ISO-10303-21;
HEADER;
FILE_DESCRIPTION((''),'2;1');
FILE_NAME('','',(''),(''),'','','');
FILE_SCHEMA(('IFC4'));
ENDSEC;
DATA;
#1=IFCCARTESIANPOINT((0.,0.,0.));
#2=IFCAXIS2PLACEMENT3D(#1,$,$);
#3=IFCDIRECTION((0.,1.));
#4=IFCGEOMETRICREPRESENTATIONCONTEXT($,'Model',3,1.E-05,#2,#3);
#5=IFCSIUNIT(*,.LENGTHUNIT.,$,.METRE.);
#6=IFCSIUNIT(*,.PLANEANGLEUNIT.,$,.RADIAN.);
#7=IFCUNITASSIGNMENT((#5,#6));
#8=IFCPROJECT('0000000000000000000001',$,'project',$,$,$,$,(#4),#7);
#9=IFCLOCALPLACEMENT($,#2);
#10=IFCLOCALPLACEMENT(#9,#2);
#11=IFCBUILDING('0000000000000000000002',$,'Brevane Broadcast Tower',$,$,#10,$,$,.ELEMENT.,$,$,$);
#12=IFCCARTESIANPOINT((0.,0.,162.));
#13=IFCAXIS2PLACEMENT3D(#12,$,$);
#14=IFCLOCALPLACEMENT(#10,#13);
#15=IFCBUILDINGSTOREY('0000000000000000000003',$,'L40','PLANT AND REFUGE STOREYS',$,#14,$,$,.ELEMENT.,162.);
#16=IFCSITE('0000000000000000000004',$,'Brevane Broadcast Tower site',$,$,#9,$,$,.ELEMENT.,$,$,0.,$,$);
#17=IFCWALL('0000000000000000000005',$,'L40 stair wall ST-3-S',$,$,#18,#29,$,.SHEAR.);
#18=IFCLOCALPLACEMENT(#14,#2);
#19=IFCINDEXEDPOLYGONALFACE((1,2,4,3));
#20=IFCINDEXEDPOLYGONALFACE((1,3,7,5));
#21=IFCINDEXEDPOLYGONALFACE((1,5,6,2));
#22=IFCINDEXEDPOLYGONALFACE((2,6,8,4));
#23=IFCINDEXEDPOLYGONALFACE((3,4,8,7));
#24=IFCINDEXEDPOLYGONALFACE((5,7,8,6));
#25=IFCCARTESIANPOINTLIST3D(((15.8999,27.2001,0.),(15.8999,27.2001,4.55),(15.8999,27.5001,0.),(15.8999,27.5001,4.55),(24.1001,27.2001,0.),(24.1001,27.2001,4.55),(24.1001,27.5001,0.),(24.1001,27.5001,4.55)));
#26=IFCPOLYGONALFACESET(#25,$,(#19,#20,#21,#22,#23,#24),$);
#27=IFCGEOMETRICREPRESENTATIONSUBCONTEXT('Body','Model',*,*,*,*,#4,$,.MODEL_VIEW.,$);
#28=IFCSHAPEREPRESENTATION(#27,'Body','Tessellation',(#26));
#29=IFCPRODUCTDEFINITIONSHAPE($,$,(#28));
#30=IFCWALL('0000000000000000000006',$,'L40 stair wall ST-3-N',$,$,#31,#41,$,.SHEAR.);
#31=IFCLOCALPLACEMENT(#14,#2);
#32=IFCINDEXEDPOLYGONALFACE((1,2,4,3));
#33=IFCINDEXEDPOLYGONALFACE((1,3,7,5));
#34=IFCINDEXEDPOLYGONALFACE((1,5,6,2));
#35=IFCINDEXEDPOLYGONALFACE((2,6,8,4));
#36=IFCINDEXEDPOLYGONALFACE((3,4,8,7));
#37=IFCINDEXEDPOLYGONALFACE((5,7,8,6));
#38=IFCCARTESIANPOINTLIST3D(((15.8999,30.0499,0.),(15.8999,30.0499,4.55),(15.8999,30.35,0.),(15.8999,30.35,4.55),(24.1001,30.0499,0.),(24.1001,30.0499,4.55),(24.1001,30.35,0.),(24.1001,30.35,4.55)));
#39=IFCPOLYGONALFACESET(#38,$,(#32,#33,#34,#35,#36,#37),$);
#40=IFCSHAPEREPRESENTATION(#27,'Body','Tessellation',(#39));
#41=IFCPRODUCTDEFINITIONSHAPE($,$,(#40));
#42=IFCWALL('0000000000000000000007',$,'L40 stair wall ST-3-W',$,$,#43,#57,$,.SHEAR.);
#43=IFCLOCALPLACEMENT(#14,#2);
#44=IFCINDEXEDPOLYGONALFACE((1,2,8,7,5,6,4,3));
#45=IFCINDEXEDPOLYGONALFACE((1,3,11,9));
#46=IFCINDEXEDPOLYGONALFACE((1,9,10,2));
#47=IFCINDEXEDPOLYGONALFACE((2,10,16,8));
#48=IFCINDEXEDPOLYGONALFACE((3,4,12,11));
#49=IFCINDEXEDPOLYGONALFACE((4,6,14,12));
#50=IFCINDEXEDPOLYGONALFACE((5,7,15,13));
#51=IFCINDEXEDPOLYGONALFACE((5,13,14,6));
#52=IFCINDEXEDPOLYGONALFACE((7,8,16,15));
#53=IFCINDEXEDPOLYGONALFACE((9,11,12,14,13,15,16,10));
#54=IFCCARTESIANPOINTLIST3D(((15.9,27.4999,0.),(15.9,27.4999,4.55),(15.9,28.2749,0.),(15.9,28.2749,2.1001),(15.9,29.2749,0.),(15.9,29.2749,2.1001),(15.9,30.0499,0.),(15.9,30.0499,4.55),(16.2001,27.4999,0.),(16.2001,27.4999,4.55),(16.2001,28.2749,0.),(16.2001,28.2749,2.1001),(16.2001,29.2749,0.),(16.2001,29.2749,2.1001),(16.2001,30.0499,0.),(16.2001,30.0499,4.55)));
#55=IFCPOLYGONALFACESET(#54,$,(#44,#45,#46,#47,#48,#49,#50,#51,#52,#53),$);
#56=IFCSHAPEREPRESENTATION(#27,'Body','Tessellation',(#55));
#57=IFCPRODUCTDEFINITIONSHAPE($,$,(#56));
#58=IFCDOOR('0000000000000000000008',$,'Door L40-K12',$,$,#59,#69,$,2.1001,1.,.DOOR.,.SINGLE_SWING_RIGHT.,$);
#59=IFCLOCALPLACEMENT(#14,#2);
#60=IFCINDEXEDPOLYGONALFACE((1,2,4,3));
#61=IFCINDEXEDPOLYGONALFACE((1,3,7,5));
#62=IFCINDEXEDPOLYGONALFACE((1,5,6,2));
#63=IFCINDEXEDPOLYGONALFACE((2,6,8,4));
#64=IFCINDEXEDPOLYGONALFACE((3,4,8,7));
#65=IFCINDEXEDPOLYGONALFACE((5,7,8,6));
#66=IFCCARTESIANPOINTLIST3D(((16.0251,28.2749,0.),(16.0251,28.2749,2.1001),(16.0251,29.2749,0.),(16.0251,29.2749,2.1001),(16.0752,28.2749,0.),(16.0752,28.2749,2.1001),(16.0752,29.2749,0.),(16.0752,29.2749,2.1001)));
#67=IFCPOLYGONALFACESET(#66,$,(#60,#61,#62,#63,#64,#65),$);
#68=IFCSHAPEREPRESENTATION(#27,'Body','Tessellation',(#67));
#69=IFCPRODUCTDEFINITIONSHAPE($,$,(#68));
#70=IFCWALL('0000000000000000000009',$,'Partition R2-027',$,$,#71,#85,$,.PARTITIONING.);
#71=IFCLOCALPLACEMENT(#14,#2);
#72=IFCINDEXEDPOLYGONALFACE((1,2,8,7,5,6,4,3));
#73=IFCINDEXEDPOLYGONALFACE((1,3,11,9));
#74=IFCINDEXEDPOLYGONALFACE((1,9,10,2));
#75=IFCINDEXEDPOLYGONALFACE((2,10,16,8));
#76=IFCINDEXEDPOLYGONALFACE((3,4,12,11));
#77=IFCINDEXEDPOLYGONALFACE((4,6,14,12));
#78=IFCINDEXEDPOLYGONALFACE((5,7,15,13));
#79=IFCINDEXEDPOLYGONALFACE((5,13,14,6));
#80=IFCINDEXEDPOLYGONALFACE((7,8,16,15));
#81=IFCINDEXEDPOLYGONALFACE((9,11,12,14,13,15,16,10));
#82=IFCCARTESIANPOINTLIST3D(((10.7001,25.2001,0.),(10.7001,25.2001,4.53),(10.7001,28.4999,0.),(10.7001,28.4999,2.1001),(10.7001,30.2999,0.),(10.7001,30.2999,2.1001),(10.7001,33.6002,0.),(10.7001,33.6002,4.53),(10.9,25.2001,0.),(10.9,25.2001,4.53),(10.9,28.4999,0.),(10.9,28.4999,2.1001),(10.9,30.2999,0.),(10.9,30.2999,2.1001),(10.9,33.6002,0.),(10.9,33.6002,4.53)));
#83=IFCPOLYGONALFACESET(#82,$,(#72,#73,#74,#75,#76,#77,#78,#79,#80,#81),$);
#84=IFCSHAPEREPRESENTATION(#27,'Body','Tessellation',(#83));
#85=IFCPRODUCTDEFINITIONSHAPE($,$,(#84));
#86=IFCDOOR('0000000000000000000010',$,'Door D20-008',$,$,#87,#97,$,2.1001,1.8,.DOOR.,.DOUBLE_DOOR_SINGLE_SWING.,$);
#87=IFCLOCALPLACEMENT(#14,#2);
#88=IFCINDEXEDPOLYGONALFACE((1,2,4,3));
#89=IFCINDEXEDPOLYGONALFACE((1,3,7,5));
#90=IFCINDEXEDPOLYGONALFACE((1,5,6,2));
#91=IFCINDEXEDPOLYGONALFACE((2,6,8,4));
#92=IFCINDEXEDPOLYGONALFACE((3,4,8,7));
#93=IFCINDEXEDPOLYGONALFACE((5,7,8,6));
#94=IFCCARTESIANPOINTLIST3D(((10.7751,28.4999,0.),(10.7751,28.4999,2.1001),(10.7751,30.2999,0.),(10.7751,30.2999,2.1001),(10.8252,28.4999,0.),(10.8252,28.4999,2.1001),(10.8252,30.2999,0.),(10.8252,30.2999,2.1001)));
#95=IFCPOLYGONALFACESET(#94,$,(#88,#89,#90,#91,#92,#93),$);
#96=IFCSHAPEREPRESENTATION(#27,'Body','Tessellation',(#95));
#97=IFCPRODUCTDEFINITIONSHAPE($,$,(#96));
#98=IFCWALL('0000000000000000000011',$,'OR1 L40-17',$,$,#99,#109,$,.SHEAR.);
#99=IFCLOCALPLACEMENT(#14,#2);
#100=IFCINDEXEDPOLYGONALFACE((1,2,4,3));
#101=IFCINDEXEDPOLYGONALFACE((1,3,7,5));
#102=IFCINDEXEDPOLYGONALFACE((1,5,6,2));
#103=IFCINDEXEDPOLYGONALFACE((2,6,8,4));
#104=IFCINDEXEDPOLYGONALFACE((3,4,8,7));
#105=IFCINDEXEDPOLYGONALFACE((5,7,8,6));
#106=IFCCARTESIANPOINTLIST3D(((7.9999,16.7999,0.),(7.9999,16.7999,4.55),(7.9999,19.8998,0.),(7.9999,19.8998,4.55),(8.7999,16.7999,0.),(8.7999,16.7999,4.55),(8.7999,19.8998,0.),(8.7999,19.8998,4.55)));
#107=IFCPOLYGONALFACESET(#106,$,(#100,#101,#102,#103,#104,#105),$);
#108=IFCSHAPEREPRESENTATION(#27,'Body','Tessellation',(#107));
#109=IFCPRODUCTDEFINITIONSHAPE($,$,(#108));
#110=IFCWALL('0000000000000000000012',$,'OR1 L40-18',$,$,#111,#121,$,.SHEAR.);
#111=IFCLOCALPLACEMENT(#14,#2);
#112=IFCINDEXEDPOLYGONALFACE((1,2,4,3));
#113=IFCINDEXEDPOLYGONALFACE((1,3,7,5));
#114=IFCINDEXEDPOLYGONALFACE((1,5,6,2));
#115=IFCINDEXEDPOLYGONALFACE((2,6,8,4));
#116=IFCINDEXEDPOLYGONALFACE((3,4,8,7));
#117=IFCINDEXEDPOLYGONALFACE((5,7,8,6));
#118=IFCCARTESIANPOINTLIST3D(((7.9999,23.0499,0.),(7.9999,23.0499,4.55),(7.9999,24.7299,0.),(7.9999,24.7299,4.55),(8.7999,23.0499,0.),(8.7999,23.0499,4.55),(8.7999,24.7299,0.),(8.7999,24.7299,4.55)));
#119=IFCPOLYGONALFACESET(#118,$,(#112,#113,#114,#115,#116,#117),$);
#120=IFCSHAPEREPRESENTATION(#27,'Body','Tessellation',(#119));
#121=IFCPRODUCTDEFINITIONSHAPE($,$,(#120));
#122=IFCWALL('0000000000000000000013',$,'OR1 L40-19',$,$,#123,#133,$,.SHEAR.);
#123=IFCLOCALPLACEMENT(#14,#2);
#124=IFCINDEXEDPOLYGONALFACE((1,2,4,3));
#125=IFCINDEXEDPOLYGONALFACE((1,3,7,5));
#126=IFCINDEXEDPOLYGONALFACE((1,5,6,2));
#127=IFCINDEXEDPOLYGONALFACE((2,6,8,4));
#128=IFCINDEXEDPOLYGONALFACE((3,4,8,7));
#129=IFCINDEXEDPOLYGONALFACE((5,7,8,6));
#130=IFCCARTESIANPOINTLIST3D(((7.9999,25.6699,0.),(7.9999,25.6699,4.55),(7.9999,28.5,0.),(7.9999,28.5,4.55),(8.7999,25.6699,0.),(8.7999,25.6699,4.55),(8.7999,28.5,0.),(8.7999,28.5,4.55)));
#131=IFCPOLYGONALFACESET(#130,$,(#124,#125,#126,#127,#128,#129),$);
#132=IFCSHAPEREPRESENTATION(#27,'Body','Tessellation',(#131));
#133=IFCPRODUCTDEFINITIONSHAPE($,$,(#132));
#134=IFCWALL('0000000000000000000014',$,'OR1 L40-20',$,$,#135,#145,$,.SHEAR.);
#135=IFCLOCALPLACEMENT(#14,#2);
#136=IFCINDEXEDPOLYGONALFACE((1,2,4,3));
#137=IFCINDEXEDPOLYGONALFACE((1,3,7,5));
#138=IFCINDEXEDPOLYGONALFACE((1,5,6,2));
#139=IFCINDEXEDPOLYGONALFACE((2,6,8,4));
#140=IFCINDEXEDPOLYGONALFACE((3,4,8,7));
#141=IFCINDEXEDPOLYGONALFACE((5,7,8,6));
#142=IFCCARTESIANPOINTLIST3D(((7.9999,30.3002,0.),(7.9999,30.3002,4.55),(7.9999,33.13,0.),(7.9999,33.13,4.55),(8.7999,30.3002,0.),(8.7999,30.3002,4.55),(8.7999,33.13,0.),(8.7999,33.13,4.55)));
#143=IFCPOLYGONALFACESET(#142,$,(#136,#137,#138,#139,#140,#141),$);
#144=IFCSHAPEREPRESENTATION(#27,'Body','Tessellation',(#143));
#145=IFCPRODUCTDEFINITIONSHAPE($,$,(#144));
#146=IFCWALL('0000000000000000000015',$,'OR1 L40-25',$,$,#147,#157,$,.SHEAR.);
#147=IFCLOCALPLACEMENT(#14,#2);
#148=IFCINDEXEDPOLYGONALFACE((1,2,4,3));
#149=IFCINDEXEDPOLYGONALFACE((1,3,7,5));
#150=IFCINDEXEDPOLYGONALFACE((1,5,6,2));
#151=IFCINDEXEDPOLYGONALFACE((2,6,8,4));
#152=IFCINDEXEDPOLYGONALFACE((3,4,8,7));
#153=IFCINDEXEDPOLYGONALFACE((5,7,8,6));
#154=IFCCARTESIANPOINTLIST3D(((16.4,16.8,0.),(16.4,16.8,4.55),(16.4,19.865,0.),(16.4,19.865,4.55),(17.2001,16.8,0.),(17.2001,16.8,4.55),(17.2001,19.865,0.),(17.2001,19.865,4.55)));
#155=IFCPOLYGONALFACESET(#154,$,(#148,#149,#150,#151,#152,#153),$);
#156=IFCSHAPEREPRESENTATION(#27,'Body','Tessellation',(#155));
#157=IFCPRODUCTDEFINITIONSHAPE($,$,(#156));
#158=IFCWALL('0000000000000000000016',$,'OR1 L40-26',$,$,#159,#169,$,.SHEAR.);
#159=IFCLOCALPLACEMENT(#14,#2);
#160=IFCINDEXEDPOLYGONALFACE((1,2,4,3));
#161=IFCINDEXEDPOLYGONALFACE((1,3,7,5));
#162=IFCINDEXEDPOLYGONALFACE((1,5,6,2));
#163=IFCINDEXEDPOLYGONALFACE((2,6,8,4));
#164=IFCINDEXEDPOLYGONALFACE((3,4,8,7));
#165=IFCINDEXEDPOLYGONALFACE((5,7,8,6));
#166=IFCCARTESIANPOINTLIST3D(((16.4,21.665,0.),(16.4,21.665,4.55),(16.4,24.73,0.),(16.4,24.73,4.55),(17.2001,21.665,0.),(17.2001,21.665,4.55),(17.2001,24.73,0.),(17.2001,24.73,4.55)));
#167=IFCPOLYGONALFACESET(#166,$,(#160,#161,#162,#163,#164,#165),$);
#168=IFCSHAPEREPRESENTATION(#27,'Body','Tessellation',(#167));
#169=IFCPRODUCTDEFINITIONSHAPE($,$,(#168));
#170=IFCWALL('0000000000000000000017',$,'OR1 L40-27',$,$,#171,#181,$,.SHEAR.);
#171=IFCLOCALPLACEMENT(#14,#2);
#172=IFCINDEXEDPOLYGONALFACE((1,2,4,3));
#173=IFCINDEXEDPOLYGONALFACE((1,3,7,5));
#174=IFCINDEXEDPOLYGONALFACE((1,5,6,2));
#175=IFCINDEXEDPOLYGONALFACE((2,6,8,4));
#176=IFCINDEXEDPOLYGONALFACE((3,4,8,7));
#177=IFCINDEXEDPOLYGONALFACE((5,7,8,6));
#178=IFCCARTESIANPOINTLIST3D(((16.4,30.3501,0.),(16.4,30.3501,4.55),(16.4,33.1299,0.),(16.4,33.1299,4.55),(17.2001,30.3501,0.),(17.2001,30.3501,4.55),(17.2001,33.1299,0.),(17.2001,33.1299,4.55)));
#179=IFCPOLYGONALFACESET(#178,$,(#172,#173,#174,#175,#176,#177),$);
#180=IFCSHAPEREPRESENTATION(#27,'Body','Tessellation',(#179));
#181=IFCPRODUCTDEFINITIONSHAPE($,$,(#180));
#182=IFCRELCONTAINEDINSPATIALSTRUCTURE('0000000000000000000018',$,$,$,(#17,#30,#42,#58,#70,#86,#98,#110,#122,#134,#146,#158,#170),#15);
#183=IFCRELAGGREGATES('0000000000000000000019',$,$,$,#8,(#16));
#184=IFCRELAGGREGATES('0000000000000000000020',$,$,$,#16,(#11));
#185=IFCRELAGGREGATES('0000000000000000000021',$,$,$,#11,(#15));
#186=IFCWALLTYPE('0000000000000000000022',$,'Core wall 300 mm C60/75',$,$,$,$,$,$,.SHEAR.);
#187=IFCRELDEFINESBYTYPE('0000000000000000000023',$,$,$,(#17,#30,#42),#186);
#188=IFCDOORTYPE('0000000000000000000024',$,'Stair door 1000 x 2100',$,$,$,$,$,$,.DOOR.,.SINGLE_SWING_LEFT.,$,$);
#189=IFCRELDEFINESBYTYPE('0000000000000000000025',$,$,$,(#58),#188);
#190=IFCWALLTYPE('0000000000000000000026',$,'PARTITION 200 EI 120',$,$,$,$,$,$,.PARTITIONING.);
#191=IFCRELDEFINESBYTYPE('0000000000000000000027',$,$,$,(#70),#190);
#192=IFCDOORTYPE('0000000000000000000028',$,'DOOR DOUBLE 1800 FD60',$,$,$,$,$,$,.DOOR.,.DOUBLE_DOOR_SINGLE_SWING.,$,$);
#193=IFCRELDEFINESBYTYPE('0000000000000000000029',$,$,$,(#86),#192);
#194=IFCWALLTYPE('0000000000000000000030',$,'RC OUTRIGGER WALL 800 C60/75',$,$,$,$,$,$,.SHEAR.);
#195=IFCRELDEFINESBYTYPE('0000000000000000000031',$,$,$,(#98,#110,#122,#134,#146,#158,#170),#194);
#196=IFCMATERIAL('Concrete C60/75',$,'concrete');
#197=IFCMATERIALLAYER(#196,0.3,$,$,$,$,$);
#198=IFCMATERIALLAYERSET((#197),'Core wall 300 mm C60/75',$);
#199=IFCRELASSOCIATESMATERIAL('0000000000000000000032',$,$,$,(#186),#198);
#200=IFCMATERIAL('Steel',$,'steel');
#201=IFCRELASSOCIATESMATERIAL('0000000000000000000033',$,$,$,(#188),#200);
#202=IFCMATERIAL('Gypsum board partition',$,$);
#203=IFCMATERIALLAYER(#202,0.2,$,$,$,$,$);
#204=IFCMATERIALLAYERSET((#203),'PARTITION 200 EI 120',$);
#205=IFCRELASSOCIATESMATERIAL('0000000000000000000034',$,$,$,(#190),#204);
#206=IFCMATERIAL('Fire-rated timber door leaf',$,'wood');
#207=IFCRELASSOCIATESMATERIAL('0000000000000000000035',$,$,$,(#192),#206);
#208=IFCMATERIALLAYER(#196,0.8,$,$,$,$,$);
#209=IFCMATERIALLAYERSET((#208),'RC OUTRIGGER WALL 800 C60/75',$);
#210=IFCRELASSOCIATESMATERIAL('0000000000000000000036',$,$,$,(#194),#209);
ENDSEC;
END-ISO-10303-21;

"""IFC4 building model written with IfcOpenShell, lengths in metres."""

from ifc_helpers import new_model, si_unit, direction, frame, frame_2d, origin, place, context, subcontext, project, spatial, rectangle, extrude, material, layer, layer_set, type_object, element, fill, save


model = new_model("IFC4")

# Units and contexts
model_context = context("Model", 3, precision=1e-05, world=origin(), true_north=direction((0.0, 1.0)))
body_context = subcontext(model_context, "Body", "Model", "MODEL_VIEW")
ifc_project = project(units=[si_unit("LENGTHUNIT", "METRE"), si_unit("PLANEANGLEUNIT", "RADIAN")], contexts=[model_context])

# Site, building, storey
site_placement = place(None, origin())
site = spatial("IfcSite", under=ifc_project, at=site_placement, Name="Brevane Broadcast Tower site", CompositionType="ELEMENT", RefElevation=0.0)
building_placement = place(site_placement, origin())
building = spatial("IfcBuilding", under=site, at=building_placement, Name="Brevane Broadcast Tower", CompositionType="ELEMENT")
storey_placement = place(building_placement, frame((0.0, 0.0, 162.0)))
storey = spatial("IfcBuildingStorey", under=building, at=storey_placement, Name="L40", Description="PLANT AND REFUGE STOREYS", CompositionType="ELEMENT", Elevation=162.0)

# Shared definitions
ifc_material_1 = material(Name="Concrete C60/75", Category="concrete")

# Shared definitions
ifc_layer_1 = layer(ifc_material_1, 0.3)
ifc_layer_set_1 = layer_set([ifc_layer_1], Name="Core wall 300 mm C60/75")
wall_type_1 = type_object("IfcWallType", Name="Core wall 300 mm C60/75", PredefinedType="SHEAR", material=ifc_layer_set_1)
ifc_material_2 = material(Name="Steel", Category="steel")
door_type_1 = type_object("IfcDoorType", Name="Stair door 1000 x 2100", OperationType="SINGLE_SWING_LEFT", PredefinedType="DOOR", material=ifc_material_2)

# Walls
for number, where, z_axis, x_axis, name in (
    (1, (15.8999, 27.3501, 0.0), (0.0, 0.0, 1.0), (1.0, 0.0, 0.0), "L40 stair wall ST-3-S"),
    (2, (15.8999, 30.2, 0.0), (0.0, 0.0, 1.0), (1.0, 0.0, 0.0), "L40 stair wall ST-3-N"),
):
    element("IfcWall", number, at=place(storey_placement, frame(where, z_axis=z_axis, x_axis=x_axis)), inside=storey, type_object=wall_type_1, Name=name, PredefinedType="SHEAR", context=body_context, shape_type="SweptSolid", body=[
        extrude(rectangle(XDim=8.2002, YDim=0.3, at=frame_2d((4.1001, 0.0))), origin(), (0.0, 0.0, 1.0), 4.55),
    ])

# Walls, openings, doors
wall_1_placement = place(storey_placement, frame((16.05, 27.5, 0.0), z_axis=(0.0, 0.0, 1.0), x_axis=(0.0, 1.0, 0.0)))
wall_1 = element("IfcWall", 3, at=wall_1_placement, inside=storey, type_object=wall_type_1, Name="L40 stair wall ST-3-W", PredefinedType="SHEAR", context=body_context, shape_type="SweptSolid", body=[
    extrude(rectangle(XDim=2.55, YDim=0.3, at=frame_2d((1.2749, 0.0))), origin(), (0.0, 0.0, 1.0), 4.55),
])
opening_1_placement = place(wall_1_placement, frame((0.7749, 0.0, 0.0)))
opening_1 = element("IfcOpeningElement", 4, at=opening_1_placement, cuts=wall_1, PredefinedType="OPENING", context=body_context, shape_type="SweptSolid", body=[
    extrude(rectangle(XDim=1.0, YDim=2.1001, at=frame_2d((0.5, 1.05))), frame((0.0, 0.1599, 0.0), z_axis=(0.0, -1.0, 0.0), x_axis=(1.0, 0.0, 0.0)), (0.0, 0.0, 1.0), 0.3201),
])
door_1_placement = place(opening_1_placement, origin())
door_1 = element("IfcDoor", 5, at=door_1_placement, inside=storey, type_object=door_type_1, Name="Door L40-K12", OperationType="SINGLE_SWING_RIGHT", OverallHeight=2.1001, OverallWidth=1.0, PredefinedType="DOOR", context=body_context, shape_type="SweptSolid", body=[
    extrude(rectangle(XDim=1.0, YDim=2.1001, at=frame_2d((0.5, 1.05))), frame((0.0, 0.0249, 0.0), z_axis=(0.0, -1.0, 0.0), x_axis=(1.0, 0.0, 0.0)), (0.0, 0.0, 1.0), 0.05),
])
fill(opening_1, door_1)
ifc_material_3 = material(Name="Gypsum board partition")
ifc_layer_2 = layer(ifc_material_3, 0.2)
ifc_layer_set_2 = layer_set([ifc_layer_2], Name="PARTITION 200 EI 120")
wall_type_2 = type_object("IfcWallType", Name="PARTITION 200 EI 120", PredefinedType="PARTITIONING", material=ifc_layer_set_2)
wall_2_placement = place(storey_placement, frame((10.8, 25.2, 0.0), z_axis=(0.0, 0.0, 1.0), x_axis=(0.0, 1.0, 0.0)))
wall_2 = element("IfcWall", 6, at=wall_2_placement, inside=storey, type_object=wall_type_2, Name="Partition R2-027", PredefinedType="PARTITIONING", context=body_context, shape_type="SweptSolid", body=[
    extrude(rectangle(XDim=8.4001, YDim=0.2, at=frame_2d((4.2002, 0.0))), origin(), (0.0, 0.0, 1.0), 4.53),
])
opening_2_placement = place(wall_2_placement, frame((3.3, 0.0, 0.0)))
opening_2 = element("IfcOpeningElement", 7, at=opening_2_placement, cuts=wall_2, PredefinedType="OPENING", context=body_context, shape_type="SweptSolid", body=[
    extrude(rectangle(XDim=1.8, YDim=2.1001, at=frame_2d((0.8999, 1.05))), frame((0.0, 0.1099, 0.0), z_axis=(0.0, -1.0, 0.0), x_axis=(1.0, 0.0, 0.0)), (0.0, 0.0, 1.0), 0.22),
])
ifc_material_4 = material(Name="Fire-rated timber door leaf", Category="wood")
door_type_2 = type_object("IfcDoorType", Name="DOOR DOUBLE 1800 FD60", OperationType="DOUBLE_DOOR_SINGLE_SWING", PredefinedType="DOOR", material=ifc_material_4)
door_2_placement = place(opening_2_placement, origin())
door_2 = element("IfcDoor", 8, at=door_2_placement, inside=storey, type_object=door_type_2, Name="Door D20-008", OperationType="DOUBLE_DOOR_SINGLE_SWING", OverallHeight=2.1001, OverallWidth=1.8, PredefinedType="DOOR", context=body_context, shape_type="SweptSolid", body=[
    extrude(rectangle(XDim=1.8, YDim=2.1001, at=frame_2d((0.8999, 1.05))), frame((0.0, 0.0249, 0.0), z_axis=(0.0, -1.0, 0.0), x_axis=(1.0, 0.0, 0.0)), (0.0, 0.0, 1.0), 0.05),
])
fill(opening_2, door_2)

# Walls
ifc_layer_3 = layer(ifc_material_1, 0.8)
ifc_layer_set_3 = layer_set([ifc_layer_3], Name="RC OUTRIGGER WALL 800 C60/75")
wall_type_3 = type_object("IfcWallType", Name="RC OUTRIGGER WALL 800 C60/75", PredefinedType="SHEAR", material=ifc_layer_set_3)
wall_3_placement = place(storey_placement, frame((8.3999, 16.8, 0.0), z_axis=(0.0, 0.0, 1.0), x_axis=(0.0, 1.0, 0.0)))
element("IfcWall", 9, at=wall_3_placement, inside=storey, type_object=wall_type_3, Name="OR1 L40-17", PredefinedType="SHEAR", context=body_context, shape_type="SweptSolid", body=[
    extrude(rectangle(XDim=3.0999, YDim=0.8, at=frame_2d((1.5498, 0.0))), origin(), (0.0, 0.0, 1.0), 4.55),
])
wall_4_placement = place(storey_placement, frame((8.3999, 23.05, 0.0), z_axis=(0.0, 0.0, 1.0), x_axis=(0.0, 1.0, 0.0)))
element("IfcWall", 10, at=wall_4_placement, inside=storey, type_object=wall_type_3, Name="OR1 L40-18", PredefinedType="SHEAR", context=body_context, shape_type="SweptSolid", body=[
    extrude(rectangle(XDim=1.6799, YDim=0.8, at=frame_2d((0.8398, 0.0))), origin(), (0.0, 0.0, 1.0), 4.55),
])
wall_5_placement = place(storey_placement, frame((8.3999, 25.6699, 0.0), z_axis=(0.0, 0.0, 1.0), x_axis=(0.0, 1.0, 0.0)))
element("IfcWall", 11, at=wall_5_placement, inside=storey, type_object=wall_type_3, Name="OR1 L40-19", PredefinedType="SHEAR", context=body_context, shape_type="SweptSolid", body=[
    extrude(rectangle(XDim=2.8301, YDim=0.8, at=frame_2d((1.415, 0.0))), origin(), (0.0, 0.0, 1.0), 4.55),
])
wall_6_placement = place(storey_placement, frame((8.3999, 30.3, 0.0), z_axis=(0.0, 0.0, 1.0), x_axis=(0.0, 1.0, 0.0)))
element("IfcWall", 12, at=wall_6_placement, inside=storey, type_object=wall_type_3, Name="OR1 L40-20", PredefinedType="SHEAR", context=body_context, shape_type="SweptSolid", body=[
    extrude(rectangle(XDim=2.8298, YDim=0.8, at=frame_2d((1.415, 0.0))), origin(), (0.0, 0.0, 1.0), 4.55),
])
for number, where, z_axis, x_axis, name in (
    (13, (16.8, 16.8, 0.0), (0.0, 0.0, 1.0), (0.0, 1.0, 0.0), "OR1 L40-25"),
    (14, (16.8, 21.665, 0.0), (0.0, 0.0, 1.0), (0.0, 1.0, 0.0), "OR1 L40-26"),
):
    element("IfcWall", number, at=place(storey_placement, frame(where, z_axis=z_axis, x_axis=x_axis)), inside=storey, type_object=wall_type_3, Name=name, PredefinedType="SHEAR", context=body_context, shape_type="SweptSolid", body=[
        extrude(rectangle(XDim=3.0649, YDim=0.8, at=frame_2d((1.5325, 0.0))), origin(), (0.0, 0.0, 1.0), 4.55),
    ])
wall_7_placement = place(storey_placement, frame((16.8, 30.3501, 0.0), z_axis=(0.0, 0.0, 1.0), x_axis=(0.0, 1.0, 0.0)))
element("IfcWall", 15, at=wall_7_placement, inside=storey, type_object=wall_type_3, Name="OR1 L40-27", PredefinedType="SHEAR", context=body_context, shape_type="SweptSolid", body=[
    extrude(rectangle(XDim=2.7798, YDim=0.8, at=frame_2d((1.3899, 0.0))), origin(), (0.0, 0.0, 1.0), 4.55),
])

save(model, "model.ifc")
